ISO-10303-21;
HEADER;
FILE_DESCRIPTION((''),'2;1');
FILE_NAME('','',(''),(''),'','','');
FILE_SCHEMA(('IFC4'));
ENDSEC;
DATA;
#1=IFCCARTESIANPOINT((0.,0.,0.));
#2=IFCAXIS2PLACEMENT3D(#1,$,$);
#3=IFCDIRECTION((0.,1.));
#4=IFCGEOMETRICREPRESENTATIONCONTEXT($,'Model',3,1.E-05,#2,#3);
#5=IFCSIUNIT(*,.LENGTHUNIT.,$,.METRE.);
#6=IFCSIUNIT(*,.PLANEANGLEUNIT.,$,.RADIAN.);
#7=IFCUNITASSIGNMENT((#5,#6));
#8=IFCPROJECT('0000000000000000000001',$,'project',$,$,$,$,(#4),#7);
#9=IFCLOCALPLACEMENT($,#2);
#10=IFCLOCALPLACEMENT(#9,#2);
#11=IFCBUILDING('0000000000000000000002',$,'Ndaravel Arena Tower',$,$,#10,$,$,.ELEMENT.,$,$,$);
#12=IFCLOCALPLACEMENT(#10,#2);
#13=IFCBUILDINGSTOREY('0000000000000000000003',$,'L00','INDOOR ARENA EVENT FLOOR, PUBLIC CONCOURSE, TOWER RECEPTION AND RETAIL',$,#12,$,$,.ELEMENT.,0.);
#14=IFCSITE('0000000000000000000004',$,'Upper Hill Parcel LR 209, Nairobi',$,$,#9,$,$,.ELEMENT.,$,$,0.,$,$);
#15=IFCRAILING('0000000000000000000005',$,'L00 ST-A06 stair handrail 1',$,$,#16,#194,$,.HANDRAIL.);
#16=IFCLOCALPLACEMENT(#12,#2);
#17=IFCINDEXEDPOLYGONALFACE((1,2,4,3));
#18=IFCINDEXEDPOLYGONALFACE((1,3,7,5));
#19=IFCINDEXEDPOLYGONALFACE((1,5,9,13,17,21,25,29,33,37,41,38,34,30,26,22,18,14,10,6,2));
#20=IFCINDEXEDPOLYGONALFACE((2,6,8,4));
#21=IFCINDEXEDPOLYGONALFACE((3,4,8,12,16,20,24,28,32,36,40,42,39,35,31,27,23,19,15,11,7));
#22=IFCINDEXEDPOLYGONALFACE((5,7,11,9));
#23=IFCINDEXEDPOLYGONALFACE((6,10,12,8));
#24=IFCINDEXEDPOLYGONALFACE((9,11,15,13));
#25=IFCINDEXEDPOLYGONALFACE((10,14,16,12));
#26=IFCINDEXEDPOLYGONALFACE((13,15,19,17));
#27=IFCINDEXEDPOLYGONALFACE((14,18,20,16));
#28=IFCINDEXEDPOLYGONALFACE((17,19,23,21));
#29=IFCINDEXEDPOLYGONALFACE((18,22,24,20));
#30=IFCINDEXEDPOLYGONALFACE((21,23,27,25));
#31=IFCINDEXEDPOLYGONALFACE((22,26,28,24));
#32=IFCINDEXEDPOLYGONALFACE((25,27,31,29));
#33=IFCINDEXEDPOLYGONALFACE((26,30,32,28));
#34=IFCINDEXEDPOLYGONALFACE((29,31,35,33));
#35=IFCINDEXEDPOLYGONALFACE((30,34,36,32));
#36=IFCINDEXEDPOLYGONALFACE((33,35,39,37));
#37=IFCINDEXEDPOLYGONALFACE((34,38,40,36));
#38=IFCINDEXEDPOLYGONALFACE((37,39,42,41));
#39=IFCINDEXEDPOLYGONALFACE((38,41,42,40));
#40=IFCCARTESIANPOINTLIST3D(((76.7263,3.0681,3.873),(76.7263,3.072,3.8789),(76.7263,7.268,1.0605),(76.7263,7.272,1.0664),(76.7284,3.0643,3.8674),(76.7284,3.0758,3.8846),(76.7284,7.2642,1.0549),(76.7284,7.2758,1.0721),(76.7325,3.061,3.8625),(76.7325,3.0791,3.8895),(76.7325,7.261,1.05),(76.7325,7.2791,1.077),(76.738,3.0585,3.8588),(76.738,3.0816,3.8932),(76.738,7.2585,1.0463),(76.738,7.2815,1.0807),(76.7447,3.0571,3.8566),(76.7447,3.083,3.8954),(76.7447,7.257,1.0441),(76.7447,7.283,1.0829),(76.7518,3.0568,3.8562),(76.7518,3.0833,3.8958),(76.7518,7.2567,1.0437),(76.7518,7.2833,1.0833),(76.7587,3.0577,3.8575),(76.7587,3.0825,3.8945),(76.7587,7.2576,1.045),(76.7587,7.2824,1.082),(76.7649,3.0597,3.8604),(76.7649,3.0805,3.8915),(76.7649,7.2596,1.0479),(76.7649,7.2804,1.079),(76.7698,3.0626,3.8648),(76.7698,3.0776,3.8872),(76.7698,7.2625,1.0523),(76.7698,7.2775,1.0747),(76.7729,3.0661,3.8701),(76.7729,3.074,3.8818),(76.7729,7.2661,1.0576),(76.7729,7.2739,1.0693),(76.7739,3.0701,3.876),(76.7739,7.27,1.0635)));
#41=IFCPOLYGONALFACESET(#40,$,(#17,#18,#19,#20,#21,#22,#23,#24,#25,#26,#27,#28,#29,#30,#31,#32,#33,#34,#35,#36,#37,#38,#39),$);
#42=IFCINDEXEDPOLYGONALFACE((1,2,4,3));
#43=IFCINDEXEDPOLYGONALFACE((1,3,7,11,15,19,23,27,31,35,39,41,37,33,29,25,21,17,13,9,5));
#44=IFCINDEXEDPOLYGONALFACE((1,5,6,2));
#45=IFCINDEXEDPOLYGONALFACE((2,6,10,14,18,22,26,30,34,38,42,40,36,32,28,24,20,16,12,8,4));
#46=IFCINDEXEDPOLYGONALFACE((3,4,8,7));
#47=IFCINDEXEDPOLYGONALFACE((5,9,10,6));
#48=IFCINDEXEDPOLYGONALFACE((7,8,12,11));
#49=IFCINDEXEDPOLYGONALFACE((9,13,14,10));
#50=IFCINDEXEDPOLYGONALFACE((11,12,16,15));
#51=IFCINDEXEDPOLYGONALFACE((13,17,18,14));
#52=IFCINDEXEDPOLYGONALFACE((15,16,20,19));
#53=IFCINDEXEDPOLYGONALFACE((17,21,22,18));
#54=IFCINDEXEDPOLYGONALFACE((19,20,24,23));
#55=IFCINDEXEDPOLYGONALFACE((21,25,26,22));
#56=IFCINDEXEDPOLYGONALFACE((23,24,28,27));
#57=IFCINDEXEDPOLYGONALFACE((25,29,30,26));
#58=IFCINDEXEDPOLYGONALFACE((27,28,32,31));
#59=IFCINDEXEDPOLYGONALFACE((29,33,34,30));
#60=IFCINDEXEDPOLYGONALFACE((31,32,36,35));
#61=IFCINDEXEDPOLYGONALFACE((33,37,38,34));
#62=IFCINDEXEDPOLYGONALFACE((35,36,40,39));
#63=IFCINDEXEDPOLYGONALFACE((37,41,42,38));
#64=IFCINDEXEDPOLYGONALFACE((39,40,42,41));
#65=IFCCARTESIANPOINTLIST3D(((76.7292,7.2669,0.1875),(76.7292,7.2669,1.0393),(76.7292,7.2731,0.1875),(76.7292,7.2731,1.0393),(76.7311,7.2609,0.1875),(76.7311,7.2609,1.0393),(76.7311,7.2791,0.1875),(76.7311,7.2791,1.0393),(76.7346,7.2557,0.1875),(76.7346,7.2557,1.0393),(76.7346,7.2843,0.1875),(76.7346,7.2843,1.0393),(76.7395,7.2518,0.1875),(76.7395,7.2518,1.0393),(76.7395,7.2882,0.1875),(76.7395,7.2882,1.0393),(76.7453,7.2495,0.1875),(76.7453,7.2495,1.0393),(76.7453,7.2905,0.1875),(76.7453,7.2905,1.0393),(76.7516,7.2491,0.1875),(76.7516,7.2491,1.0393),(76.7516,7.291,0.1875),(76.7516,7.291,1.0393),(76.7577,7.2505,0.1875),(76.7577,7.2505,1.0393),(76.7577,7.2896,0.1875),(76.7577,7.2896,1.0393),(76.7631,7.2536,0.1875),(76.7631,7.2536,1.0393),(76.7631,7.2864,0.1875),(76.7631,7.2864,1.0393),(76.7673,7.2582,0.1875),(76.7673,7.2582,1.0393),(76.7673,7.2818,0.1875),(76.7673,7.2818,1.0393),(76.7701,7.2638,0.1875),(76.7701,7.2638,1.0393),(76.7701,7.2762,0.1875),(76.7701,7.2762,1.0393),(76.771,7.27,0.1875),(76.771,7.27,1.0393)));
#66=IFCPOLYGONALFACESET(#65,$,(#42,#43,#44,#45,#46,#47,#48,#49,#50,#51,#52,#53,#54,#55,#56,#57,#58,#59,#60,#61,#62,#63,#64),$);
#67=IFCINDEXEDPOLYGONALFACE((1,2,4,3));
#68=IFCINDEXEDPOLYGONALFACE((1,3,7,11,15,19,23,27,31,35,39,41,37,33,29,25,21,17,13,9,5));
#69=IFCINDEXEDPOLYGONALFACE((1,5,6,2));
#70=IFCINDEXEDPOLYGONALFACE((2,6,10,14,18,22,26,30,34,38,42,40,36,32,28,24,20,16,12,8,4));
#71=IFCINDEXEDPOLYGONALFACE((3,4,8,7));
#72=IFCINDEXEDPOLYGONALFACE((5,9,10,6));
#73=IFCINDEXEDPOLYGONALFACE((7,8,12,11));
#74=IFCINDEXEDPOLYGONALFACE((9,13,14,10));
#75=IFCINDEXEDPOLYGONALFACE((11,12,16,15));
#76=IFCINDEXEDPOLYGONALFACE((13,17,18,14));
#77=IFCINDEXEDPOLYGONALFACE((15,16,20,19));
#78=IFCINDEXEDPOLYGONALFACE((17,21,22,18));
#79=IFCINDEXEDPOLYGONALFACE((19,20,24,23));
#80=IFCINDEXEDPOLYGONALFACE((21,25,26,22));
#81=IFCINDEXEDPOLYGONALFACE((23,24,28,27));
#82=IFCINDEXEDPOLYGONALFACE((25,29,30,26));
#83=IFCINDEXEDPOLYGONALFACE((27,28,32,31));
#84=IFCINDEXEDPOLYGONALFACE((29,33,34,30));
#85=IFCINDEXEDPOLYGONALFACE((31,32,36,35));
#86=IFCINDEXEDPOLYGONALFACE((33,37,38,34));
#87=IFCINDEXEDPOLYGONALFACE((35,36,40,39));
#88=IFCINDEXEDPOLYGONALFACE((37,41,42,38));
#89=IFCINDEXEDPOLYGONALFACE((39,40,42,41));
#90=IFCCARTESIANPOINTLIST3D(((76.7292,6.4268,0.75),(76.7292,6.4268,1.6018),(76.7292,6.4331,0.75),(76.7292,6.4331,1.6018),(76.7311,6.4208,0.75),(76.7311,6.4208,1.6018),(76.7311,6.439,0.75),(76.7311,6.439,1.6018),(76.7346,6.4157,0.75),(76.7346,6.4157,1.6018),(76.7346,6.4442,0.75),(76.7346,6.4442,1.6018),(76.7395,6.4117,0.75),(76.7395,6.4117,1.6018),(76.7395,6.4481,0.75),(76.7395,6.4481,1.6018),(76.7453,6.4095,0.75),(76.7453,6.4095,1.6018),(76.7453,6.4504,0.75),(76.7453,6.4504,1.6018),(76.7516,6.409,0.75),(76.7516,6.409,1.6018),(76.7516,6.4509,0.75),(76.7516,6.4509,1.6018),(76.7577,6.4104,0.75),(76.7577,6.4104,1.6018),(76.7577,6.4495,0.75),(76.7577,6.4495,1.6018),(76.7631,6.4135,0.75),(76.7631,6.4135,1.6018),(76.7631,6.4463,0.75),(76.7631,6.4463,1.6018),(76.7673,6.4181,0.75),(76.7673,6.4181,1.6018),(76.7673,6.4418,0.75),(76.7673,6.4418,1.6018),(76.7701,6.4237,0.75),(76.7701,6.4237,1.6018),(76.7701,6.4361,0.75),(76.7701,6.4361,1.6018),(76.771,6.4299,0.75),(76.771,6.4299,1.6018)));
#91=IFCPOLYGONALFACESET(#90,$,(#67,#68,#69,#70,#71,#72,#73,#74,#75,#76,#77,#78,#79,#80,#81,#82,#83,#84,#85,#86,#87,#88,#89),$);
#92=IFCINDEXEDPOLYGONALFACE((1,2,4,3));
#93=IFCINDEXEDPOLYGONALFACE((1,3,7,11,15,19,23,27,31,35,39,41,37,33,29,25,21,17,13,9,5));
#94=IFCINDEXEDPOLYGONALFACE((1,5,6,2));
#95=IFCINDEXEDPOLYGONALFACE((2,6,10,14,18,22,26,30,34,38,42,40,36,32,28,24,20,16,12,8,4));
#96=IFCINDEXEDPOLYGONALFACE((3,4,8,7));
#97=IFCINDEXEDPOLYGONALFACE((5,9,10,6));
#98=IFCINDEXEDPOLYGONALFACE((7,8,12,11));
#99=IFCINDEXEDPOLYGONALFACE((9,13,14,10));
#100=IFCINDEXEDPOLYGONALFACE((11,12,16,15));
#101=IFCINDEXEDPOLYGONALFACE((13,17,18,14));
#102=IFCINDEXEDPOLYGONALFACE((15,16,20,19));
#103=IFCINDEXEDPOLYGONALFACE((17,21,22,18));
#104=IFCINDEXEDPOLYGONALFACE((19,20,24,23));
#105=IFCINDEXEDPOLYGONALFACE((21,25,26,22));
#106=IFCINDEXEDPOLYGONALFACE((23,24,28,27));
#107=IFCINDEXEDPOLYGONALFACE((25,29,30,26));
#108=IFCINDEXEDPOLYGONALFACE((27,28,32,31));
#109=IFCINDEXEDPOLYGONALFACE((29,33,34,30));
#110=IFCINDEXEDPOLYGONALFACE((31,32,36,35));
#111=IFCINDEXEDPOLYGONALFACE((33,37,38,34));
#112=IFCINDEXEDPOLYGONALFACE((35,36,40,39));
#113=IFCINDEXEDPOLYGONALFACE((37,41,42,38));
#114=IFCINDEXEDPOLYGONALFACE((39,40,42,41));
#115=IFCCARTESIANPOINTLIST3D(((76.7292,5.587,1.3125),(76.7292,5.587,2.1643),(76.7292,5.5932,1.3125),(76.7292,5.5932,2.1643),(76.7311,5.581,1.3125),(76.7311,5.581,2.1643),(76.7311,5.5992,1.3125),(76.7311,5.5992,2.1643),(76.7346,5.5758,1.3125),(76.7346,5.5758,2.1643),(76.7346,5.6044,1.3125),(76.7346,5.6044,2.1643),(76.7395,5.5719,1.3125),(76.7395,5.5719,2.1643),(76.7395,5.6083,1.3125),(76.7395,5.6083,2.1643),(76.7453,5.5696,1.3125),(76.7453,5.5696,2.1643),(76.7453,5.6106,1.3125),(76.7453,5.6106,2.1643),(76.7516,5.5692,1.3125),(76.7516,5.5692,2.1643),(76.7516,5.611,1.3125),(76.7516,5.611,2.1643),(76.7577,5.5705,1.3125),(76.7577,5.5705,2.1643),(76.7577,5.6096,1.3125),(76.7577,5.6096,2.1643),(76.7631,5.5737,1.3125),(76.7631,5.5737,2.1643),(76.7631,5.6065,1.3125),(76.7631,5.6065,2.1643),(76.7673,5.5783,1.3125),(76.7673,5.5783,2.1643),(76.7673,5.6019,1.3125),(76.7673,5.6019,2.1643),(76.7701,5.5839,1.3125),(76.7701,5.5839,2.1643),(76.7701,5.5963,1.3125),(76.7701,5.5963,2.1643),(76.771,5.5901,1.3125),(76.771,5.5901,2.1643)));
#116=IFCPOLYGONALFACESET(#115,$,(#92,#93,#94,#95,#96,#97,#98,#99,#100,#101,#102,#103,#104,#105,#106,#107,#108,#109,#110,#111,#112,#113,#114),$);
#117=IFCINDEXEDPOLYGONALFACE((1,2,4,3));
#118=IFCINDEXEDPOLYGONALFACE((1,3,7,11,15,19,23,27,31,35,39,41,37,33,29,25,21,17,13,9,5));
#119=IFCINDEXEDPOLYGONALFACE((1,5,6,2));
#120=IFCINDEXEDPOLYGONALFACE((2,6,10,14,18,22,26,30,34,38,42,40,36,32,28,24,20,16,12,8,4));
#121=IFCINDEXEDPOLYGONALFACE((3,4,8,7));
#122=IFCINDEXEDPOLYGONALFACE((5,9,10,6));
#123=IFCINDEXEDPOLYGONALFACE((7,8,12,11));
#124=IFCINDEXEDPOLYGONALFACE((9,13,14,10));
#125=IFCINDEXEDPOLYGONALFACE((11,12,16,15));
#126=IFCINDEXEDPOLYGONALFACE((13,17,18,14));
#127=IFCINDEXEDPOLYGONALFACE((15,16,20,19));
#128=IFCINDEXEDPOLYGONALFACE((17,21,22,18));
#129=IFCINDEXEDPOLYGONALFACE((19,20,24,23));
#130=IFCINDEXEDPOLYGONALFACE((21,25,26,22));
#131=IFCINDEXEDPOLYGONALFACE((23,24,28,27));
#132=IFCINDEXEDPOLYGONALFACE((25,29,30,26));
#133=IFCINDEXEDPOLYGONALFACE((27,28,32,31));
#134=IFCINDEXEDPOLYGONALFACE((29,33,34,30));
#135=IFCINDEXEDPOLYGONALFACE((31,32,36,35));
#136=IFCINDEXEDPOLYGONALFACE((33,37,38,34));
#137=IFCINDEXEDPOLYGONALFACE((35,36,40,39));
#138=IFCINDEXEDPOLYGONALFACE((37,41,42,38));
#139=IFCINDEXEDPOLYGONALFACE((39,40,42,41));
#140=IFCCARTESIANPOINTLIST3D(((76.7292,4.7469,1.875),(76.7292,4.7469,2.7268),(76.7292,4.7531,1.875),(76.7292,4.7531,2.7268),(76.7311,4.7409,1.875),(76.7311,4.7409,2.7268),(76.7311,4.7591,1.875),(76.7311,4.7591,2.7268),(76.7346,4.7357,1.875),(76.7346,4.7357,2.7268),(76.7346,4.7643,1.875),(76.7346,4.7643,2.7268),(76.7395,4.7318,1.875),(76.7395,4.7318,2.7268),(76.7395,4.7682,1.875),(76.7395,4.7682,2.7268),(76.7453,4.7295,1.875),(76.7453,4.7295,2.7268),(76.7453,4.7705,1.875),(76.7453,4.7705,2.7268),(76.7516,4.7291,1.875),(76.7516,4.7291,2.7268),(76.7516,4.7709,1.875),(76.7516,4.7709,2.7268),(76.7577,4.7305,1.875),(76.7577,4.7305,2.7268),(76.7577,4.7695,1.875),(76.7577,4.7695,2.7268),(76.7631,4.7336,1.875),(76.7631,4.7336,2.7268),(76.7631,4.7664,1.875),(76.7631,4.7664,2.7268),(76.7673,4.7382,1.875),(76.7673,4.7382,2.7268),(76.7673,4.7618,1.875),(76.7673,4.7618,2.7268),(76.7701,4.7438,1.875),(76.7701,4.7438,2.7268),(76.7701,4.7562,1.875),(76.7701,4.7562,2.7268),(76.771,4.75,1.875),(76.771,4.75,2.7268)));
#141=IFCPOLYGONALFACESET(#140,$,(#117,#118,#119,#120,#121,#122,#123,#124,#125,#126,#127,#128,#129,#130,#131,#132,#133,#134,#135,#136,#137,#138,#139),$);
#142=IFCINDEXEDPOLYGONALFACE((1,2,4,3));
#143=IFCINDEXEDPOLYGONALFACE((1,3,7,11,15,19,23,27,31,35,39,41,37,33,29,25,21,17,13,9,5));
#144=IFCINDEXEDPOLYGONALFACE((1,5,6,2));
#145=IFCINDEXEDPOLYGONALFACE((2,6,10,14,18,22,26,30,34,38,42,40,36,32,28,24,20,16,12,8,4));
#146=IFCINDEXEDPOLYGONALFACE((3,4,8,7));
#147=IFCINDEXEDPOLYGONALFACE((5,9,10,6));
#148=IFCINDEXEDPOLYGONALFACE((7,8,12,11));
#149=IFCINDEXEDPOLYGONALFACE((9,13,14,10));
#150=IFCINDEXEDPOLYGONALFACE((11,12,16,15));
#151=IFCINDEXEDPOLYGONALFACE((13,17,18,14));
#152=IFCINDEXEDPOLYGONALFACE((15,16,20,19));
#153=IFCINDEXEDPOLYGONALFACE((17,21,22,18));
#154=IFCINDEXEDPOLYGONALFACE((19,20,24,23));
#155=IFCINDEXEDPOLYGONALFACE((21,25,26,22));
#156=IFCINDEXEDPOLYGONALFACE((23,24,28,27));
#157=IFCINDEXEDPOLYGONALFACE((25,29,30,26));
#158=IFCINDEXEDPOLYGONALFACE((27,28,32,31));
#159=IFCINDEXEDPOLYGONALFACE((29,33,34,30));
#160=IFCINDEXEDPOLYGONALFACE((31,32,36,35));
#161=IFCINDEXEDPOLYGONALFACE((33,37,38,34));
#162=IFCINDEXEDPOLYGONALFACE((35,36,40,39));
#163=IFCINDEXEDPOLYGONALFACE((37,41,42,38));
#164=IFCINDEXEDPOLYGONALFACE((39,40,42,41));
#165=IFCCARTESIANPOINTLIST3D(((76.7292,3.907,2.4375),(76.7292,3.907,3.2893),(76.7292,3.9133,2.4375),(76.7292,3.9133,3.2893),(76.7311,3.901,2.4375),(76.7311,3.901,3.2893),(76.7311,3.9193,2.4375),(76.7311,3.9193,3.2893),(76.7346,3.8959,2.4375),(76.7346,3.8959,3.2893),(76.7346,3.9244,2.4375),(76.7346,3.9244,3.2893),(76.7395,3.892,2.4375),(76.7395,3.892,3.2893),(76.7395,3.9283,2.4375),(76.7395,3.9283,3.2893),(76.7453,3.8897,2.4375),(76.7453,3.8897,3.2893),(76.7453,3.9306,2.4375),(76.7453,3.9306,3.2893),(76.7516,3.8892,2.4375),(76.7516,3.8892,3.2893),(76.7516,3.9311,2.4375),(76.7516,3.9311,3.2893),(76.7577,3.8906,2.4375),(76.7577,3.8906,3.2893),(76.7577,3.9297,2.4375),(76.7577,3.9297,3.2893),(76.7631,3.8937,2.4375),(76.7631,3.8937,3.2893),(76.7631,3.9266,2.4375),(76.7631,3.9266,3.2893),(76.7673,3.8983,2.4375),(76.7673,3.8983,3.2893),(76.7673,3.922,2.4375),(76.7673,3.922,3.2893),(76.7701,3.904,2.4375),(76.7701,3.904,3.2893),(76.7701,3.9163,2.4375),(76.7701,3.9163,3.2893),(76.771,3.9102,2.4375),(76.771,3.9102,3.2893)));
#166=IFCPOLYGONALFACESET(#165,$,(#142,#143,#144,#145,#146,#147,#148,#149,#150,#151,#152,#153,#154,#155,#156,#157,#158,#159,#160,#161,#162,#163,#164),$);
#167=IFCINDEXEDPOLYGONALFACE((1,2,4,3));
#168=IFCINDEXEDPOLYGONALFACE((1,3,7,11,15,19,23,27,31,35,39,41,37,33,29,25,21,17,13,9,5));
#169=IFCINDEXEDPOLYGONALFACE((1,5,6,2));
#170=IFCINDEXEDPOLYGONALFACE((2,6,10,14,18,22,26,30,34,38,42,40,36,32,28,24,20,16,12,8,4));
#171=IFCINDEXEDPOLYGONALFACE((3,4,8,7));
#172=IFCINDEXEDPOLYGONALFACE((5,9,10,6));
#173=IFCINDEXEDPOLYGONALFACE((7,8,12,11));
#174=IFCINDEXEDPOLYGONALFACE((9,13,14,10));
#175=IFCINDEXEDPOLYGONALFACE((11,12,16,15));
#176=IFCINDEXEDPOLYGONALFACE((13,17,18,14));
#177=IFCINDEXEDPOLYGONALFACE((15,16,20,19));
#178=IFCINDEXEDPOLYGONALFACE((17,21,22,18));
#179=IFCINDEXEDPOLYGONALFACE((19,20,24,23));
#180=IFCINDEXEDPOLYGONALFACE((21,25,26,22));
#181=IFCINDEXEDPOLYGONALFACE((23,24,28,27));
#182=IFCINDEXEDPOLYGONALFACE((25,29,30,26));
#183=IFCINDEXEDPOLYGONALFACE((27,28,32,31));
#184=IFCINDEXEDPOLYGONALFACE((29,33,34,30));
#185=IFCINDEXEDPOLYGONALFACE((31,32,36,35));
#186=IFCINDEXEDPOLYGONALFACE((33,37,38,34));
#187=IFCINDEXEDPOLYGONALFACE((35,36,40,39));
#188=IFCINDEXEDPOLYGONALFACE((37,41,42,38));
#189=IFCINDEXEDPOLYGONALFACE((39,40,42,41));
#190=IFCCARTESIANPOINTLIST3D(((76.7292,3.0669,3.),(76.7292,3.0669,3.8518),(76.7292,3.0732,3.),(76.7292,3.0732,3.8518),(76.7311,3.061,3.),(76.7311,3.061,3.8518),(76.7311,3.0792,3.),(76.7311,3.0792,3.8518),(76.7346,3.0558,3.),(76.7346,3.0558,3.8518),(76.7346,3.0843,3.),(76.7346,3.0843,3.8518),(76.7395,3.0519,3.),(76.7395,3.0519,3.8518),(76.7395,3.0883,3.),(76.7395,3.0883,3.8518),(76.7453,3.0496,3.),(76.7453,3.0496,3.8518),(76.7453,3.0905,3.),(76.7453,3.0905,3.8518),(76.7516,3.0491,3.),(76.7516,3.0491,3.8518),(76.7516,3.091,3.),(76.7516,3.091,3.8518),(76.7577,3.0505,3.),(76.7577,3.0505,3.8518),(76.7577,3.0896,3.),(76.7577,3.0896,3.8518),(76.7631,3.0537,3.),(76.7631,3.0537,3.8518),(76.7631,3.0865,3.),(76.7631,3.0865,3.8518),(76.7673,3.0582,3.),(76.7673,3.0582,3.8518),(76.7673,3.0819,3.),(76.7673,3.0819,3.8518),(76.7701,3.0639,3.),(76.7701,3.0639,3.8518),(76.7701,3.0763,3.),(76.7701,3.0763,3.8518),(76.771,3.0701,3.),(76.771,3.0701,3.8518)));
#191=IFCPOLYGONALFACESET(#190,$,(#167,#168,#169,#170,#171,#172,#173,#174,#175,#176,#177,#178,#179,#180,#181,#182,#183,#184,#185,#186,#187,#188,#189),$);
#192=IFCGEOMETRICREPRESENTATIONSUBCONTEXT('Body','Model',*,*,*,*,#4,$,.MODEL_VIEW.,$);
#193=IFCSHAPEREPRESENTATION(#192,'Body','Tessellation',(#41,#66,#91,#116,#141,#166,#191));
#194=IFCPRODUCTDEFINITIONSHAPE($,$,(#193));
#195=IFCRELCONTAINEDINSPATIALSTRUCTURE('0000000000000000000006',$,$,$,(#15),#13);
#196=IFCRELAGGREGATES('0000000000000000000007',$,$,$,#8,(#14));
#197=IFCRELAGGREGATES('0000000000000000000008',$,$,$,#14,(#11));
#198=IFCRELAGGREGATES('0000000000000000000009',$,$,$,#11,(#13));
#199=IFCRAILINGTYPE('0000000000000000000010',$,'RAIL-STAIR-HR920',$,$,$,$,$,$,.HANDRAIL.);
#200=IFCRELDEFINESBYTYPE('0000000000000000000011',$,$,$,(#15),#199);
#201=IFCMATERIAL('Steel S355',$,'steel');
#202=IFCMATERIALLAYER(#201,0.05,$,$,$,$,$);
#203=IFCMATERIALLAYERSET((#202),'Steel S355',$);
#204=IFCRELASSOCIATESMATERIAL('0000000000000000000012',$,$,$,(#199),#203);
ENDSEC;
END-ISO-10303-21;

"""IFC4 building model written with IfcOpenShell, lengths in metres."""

from ifc_helpers import new_model, si_unit, direction, frame, origin, origin_2d, place, context, subcontext, project, spatial, circle, extrude, material, layer, layer_set, type_object, element, save


model = new_model("IFC4")

# Units and contexts
model_context = context("Model", 3, precision=1e-05, world=origin(), true_north=direction((0.0, 1.0)))
body_context = subcontext(model_context, "Body", "Model", "MODEL_VIEW")
ifc_project = project(units=[si_unit("LENGTHUNIT", "METRE"), si_unit("PLANEANGLEUNIT", "RADIAN")], contexts=[model_context])

# Site, building, storey
site_placement = place(None, origin())
site = spatial("IfcSite", under=ifc_project, at=site_placement, Name="Upper Hill Parcel LR 209, Nairobi", CompositionType="ELEMENT", RefElevation=0.0)
building_placement = place(site_placement, origin())
building = spatial("IfcBuilding", under=site, at=building_placement, Name="Ndaravel Arena Tower", CompositionType="ELEMENT")
storey_placement = place(building_placement, origin())
storey = spatial("IfcBuildingStorey", under=building, at=storey_placement, Name="L00", Description="INDOOR ARENA EVENT FLOOR, PUBLIC CONCOURSE, TOWER RECEPTION AND RETAIL", CompositionType="ELEMENT", Elevation=0.0)

# Railing
ifc_material_1 = material(Name="Steel S355", Category="steel")
ifc_layer_1 = layer(ifc_material_1, 0.05)
ifc_layer_set_1 = layer_set([ifc_layer_1], Name="Steel S355")
railing_type_1 = type_object("IfcRailingType", Name="RAIL-STAIR-HR920", PredefinedType="HANDRAIL", material=ifc_layer_set_1)
railing_1_placement = place(storey_placement, frame((76.75, 7.27, 0.1875)))
element("IfcRailing", 1, at=railing_1_placement, inside=storey, type_object=railing_type_1, Name="L00 ST-A06 stair handrail 1", PredefinedType="HANDRAIL", context=body_context, shape_type="SweptSolid", body=[
    extrude(circle(Radius=0.0239, at=origin_2d()), frame((0.0, 0.0, 0.876), z_axis=(0.0, -0.830904, 0.556416), x_axis=(1.0, 0.0, 0.0)), (0.0, 0.0, 1.0), 5.0547),
    extrude(circle(Radius=0.021, at=origin_2d()), origin(), (0.0, 0.0, 1.0), 0.8518),
    extrude(circle(Radius=0.021, at=origin_2d()), frame((0.0, -0.8401, 0.5625)), (0.0, 0.0, 1.0), 0.8518),
    extrude(circle(Radius=0.021, at=origin_2d()), frame((0.0, -1.6799, 1.125)), (0.0, 0.0, 1.0), 0.8518),
    extrude(circle(Radius=0.021, at=origin_2d()), frame((0.0, -2.52, 1.6875)), (0.0, 0.0, 1.0), 0.8518),
    extrude(circle(Radius=0.021, at=origin_2d()), frame((0.0, -3.3599, 2.25)), (0.0, 0.0, 1.0), 0.8518),
    extrude(circle(Radius=0.021, at=origin_2d()), frame((0.0, -4.2, 2.8125)), (0.0, 0.0, 1.0), 0.8518),
])

save(model, "model.ifc")
